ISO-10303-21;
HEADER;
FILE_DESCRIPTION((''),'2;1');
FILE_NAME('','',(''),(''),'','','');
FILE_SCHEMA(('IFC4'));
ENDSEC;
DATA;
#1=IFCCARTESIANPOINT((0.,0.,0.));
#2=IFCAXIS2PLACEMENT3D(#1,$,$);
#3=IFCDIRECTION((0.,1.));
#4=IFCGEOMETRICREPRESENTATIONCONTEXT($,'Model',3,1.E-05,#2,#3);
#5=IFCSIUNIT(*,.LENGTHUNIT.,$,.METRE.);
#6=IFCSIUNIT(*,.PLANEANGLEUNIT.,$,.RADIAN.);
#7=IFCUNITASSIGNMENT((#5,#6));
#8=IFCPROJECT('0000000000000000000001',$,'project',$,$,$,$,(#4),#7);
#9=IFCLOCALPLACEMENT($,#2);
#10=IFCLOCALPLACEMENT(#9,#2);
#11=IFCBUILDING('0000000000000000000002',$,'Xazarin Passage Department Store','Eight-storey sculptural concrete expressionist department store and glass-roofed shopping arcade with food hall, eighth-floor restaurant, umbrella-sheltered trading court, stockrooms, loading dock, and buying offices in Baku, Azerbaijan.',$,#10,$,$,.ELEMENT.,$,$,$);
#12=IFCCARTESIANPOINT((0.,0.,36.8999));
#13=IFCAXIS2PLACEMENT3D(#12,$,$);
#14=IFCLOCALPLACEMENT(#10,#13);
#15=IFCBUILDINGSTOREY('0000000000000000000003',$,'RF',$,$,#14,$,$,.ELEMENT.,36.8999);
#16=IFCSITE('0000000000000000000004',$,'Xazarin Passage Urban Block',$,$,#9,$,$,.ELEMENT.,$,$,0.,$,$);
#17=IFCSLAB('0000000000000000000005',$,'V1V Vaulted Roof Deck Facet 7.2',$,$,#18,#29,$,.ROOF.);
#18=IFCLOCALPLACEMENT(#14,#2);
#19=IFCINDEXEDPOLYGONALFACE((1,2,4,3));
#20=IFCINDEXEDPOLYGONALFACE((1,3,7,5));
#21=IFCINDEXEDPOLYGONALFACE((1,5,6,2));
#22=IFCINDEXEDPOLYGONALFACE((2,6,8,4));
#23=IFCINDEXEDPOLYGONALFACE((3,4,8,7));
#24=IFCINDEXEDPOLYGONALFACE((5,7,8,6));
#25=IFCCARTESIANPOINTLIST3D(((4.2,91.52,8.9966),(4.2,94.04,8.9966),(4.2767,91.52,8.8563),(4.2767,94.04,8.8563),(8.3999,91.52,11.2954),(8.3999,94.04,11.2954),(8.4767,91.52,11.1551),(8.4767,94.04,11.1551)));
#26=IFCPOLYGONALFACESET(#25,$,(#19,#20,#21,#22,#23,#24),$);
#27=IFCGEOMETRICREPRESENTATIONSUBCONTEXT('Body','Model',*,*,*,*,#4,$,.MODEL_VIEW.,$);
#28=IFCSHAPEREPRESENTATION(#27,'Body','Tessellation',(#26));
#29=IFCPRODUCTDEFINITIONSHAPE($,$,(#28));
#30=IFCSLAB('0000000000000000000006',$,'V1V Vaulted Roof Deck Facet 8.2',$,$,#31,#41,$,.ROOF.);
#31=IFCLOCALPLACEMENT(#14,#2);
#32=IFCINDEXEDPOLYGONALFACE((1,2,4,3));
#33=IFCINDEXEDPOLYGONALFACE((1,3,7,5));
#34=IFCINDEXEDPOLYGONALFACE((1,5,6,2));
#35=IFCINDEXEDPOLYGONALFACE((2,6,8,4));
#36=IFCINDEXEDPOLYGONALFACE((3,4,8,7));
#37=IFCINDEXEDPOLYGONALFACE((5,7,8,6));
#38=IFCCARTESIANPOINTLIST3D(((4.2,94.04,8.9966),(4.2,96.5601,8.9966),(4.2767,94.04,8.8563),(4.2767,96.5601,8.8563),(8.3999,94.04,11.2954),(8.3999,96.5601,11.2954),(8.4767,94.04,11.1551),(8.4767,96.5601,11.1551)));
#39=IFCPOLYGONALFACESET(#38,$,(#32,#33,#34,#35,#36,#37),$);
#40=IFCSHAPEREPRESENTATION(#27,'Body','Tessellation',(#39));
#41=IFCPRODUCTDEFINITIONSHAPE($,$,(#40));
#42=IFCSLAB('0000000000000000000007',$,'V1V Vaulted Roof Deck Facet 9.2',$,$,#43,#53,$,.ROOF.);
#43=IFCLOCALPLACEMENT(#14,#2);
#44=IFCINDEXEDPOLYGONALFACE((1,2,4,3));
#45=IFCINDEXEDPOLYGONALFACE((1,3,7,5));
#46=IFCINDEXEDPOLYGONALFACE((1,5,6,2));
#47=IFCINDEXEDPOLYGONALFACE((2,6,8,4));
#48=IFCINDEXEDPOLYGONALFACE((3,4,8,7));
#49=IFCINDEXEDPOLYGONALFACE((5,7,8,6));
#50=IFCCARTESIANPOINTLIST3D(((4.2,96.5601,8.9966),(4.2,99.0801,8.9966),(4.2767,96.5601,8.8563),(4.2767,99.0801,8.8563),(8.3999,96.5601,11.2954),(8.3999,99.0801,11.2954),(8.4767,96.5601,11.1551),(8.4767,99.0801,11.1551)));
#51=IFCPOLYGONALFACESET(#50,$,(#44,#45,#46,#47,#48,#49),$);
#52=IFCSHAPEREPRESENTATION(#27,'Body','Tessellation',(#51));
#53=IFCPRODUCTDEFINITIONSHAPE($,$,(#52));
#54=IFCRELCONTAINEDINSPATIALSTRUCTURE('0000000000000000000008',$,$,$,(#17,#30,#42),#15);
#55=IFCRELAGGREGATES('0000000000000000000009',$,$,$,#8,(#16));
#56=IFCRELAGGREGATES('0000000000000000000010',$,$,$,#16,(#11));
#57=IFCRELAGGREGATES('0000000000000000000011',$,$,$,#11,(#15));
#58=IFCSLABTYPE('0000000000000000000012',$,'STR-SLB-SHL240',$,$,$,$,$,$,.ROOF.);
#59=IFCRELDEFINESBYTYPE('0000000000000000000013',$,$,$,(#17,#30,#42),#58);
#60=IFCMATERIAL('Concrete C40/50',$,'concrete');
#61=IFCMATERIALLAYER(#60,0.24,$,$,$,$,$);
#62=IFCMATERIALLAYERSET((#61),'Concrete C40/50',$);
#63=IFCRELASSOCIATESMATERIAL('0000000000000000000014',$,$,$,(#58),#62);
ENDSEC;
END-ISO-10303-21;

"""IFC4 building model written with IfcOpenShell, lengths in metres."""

from ifc_helpers import new_model, si_unit, direction, frame, origin, place, context, subcontext, project, spatial, polyline, outline, extrude, material, layer, layer_set, type_object, element, save


model = new_model("IFC4")

# Units and contexts
model_context = context("Model", 3, precision=1e-05, world=origin(), true_north=direction((0.0, 1.0)))
body_context = subcontext(model_context, "Body", "Model", "MODEL_VIEW")
ifc_project = project(units=[si_unit("LENGTHUNIT", "METRE"), si_unit("PLANEANGLEUNIT", "RADIAN")], contexts=[model_context])

# Site, building, storey
site_placement = place(None, origin())
site = spatial("IfcSite", under=ifc_project, at=site_placement, Name="Xazarin Passage Urban Block", CompositionType="ELEMENT", RefElevation=0.0)
building_placement = place(site_placement, origin())
building = spatial("IfcBuilding", under=site, at=building_placement, Name="Xazarin Passage Department Store", Description="Eight-storey sculptural concrete expressionist department store and glass-roofed shopping arcade with food hall, eighth-floor restaurant, umbrella-sheltered trading court, stockrooms, loading dock, and buying offices in Baku, Azerbaijan.", CompositionType="ELEMENT")
storey_placement = place(building_placement, frame((0.0, 0.0, 36.8999)))
storey = spatial("IfcBuildingStorey", under=building, at=storey_placement, Name="RF", CompositionType="ELEMENT", Elevation=36.8999)

# Slabs
ifc_material_1 = material(Name="Concrete C40/50", Category="concrete")
ifc_layer_1 = layer(ifc_material_1, 0.24)
ifc_layer_set_1 = layer_set([ifc_layer_1], Name="Concrete C40/50")
slab_type = type_object("IfcSlabType", Name="STR-SLB-SHL240", PredefinedType="ROOF", material=ifc_layer_set_1)
for number, where, z_axis, x_axis, name in (
    (1, (4.2, 91.52, 8.9966), (-0.480131, 0.0, 0.877197), (0.877197, 0.0, 0.480131), "V1V Vaulted Roof Deck Facet 7.2"),
    (2, (4.2, 94.04, 8.9966), (-0.480131, 0.0, 0.877197), (0.877197, 0.0, 0.480131), "V1V Vaulted Roof Deck Facet 8.2"),
    (3, (4.2, 96.5601, 8.9966), (-0.480131, 0.0, 0.877197), (0.877197, 0.0, 0.480131), "V1V Vaulted Roof Deck Facet 9.2"),
):
    element("IfcSlab", number, at=place(storey_placement, frame(where, z_axis=z_axis, x_axis=x_axis)), inside=storey, type_object=slab_type, Name=name, PredefinedType="ROOF", context=body_context, shape_type="SweptSolid", body=[
        extrude(outline(polyline([(0.0, 0.0), (4.7879, 0.0), (4.7879, 2.52), (0.0, 2.52), (0.0, 0.0)])), origin(), (0.0, 0.0, -1.0), 0.1599),
    ])

save(model, "model.ifc")
